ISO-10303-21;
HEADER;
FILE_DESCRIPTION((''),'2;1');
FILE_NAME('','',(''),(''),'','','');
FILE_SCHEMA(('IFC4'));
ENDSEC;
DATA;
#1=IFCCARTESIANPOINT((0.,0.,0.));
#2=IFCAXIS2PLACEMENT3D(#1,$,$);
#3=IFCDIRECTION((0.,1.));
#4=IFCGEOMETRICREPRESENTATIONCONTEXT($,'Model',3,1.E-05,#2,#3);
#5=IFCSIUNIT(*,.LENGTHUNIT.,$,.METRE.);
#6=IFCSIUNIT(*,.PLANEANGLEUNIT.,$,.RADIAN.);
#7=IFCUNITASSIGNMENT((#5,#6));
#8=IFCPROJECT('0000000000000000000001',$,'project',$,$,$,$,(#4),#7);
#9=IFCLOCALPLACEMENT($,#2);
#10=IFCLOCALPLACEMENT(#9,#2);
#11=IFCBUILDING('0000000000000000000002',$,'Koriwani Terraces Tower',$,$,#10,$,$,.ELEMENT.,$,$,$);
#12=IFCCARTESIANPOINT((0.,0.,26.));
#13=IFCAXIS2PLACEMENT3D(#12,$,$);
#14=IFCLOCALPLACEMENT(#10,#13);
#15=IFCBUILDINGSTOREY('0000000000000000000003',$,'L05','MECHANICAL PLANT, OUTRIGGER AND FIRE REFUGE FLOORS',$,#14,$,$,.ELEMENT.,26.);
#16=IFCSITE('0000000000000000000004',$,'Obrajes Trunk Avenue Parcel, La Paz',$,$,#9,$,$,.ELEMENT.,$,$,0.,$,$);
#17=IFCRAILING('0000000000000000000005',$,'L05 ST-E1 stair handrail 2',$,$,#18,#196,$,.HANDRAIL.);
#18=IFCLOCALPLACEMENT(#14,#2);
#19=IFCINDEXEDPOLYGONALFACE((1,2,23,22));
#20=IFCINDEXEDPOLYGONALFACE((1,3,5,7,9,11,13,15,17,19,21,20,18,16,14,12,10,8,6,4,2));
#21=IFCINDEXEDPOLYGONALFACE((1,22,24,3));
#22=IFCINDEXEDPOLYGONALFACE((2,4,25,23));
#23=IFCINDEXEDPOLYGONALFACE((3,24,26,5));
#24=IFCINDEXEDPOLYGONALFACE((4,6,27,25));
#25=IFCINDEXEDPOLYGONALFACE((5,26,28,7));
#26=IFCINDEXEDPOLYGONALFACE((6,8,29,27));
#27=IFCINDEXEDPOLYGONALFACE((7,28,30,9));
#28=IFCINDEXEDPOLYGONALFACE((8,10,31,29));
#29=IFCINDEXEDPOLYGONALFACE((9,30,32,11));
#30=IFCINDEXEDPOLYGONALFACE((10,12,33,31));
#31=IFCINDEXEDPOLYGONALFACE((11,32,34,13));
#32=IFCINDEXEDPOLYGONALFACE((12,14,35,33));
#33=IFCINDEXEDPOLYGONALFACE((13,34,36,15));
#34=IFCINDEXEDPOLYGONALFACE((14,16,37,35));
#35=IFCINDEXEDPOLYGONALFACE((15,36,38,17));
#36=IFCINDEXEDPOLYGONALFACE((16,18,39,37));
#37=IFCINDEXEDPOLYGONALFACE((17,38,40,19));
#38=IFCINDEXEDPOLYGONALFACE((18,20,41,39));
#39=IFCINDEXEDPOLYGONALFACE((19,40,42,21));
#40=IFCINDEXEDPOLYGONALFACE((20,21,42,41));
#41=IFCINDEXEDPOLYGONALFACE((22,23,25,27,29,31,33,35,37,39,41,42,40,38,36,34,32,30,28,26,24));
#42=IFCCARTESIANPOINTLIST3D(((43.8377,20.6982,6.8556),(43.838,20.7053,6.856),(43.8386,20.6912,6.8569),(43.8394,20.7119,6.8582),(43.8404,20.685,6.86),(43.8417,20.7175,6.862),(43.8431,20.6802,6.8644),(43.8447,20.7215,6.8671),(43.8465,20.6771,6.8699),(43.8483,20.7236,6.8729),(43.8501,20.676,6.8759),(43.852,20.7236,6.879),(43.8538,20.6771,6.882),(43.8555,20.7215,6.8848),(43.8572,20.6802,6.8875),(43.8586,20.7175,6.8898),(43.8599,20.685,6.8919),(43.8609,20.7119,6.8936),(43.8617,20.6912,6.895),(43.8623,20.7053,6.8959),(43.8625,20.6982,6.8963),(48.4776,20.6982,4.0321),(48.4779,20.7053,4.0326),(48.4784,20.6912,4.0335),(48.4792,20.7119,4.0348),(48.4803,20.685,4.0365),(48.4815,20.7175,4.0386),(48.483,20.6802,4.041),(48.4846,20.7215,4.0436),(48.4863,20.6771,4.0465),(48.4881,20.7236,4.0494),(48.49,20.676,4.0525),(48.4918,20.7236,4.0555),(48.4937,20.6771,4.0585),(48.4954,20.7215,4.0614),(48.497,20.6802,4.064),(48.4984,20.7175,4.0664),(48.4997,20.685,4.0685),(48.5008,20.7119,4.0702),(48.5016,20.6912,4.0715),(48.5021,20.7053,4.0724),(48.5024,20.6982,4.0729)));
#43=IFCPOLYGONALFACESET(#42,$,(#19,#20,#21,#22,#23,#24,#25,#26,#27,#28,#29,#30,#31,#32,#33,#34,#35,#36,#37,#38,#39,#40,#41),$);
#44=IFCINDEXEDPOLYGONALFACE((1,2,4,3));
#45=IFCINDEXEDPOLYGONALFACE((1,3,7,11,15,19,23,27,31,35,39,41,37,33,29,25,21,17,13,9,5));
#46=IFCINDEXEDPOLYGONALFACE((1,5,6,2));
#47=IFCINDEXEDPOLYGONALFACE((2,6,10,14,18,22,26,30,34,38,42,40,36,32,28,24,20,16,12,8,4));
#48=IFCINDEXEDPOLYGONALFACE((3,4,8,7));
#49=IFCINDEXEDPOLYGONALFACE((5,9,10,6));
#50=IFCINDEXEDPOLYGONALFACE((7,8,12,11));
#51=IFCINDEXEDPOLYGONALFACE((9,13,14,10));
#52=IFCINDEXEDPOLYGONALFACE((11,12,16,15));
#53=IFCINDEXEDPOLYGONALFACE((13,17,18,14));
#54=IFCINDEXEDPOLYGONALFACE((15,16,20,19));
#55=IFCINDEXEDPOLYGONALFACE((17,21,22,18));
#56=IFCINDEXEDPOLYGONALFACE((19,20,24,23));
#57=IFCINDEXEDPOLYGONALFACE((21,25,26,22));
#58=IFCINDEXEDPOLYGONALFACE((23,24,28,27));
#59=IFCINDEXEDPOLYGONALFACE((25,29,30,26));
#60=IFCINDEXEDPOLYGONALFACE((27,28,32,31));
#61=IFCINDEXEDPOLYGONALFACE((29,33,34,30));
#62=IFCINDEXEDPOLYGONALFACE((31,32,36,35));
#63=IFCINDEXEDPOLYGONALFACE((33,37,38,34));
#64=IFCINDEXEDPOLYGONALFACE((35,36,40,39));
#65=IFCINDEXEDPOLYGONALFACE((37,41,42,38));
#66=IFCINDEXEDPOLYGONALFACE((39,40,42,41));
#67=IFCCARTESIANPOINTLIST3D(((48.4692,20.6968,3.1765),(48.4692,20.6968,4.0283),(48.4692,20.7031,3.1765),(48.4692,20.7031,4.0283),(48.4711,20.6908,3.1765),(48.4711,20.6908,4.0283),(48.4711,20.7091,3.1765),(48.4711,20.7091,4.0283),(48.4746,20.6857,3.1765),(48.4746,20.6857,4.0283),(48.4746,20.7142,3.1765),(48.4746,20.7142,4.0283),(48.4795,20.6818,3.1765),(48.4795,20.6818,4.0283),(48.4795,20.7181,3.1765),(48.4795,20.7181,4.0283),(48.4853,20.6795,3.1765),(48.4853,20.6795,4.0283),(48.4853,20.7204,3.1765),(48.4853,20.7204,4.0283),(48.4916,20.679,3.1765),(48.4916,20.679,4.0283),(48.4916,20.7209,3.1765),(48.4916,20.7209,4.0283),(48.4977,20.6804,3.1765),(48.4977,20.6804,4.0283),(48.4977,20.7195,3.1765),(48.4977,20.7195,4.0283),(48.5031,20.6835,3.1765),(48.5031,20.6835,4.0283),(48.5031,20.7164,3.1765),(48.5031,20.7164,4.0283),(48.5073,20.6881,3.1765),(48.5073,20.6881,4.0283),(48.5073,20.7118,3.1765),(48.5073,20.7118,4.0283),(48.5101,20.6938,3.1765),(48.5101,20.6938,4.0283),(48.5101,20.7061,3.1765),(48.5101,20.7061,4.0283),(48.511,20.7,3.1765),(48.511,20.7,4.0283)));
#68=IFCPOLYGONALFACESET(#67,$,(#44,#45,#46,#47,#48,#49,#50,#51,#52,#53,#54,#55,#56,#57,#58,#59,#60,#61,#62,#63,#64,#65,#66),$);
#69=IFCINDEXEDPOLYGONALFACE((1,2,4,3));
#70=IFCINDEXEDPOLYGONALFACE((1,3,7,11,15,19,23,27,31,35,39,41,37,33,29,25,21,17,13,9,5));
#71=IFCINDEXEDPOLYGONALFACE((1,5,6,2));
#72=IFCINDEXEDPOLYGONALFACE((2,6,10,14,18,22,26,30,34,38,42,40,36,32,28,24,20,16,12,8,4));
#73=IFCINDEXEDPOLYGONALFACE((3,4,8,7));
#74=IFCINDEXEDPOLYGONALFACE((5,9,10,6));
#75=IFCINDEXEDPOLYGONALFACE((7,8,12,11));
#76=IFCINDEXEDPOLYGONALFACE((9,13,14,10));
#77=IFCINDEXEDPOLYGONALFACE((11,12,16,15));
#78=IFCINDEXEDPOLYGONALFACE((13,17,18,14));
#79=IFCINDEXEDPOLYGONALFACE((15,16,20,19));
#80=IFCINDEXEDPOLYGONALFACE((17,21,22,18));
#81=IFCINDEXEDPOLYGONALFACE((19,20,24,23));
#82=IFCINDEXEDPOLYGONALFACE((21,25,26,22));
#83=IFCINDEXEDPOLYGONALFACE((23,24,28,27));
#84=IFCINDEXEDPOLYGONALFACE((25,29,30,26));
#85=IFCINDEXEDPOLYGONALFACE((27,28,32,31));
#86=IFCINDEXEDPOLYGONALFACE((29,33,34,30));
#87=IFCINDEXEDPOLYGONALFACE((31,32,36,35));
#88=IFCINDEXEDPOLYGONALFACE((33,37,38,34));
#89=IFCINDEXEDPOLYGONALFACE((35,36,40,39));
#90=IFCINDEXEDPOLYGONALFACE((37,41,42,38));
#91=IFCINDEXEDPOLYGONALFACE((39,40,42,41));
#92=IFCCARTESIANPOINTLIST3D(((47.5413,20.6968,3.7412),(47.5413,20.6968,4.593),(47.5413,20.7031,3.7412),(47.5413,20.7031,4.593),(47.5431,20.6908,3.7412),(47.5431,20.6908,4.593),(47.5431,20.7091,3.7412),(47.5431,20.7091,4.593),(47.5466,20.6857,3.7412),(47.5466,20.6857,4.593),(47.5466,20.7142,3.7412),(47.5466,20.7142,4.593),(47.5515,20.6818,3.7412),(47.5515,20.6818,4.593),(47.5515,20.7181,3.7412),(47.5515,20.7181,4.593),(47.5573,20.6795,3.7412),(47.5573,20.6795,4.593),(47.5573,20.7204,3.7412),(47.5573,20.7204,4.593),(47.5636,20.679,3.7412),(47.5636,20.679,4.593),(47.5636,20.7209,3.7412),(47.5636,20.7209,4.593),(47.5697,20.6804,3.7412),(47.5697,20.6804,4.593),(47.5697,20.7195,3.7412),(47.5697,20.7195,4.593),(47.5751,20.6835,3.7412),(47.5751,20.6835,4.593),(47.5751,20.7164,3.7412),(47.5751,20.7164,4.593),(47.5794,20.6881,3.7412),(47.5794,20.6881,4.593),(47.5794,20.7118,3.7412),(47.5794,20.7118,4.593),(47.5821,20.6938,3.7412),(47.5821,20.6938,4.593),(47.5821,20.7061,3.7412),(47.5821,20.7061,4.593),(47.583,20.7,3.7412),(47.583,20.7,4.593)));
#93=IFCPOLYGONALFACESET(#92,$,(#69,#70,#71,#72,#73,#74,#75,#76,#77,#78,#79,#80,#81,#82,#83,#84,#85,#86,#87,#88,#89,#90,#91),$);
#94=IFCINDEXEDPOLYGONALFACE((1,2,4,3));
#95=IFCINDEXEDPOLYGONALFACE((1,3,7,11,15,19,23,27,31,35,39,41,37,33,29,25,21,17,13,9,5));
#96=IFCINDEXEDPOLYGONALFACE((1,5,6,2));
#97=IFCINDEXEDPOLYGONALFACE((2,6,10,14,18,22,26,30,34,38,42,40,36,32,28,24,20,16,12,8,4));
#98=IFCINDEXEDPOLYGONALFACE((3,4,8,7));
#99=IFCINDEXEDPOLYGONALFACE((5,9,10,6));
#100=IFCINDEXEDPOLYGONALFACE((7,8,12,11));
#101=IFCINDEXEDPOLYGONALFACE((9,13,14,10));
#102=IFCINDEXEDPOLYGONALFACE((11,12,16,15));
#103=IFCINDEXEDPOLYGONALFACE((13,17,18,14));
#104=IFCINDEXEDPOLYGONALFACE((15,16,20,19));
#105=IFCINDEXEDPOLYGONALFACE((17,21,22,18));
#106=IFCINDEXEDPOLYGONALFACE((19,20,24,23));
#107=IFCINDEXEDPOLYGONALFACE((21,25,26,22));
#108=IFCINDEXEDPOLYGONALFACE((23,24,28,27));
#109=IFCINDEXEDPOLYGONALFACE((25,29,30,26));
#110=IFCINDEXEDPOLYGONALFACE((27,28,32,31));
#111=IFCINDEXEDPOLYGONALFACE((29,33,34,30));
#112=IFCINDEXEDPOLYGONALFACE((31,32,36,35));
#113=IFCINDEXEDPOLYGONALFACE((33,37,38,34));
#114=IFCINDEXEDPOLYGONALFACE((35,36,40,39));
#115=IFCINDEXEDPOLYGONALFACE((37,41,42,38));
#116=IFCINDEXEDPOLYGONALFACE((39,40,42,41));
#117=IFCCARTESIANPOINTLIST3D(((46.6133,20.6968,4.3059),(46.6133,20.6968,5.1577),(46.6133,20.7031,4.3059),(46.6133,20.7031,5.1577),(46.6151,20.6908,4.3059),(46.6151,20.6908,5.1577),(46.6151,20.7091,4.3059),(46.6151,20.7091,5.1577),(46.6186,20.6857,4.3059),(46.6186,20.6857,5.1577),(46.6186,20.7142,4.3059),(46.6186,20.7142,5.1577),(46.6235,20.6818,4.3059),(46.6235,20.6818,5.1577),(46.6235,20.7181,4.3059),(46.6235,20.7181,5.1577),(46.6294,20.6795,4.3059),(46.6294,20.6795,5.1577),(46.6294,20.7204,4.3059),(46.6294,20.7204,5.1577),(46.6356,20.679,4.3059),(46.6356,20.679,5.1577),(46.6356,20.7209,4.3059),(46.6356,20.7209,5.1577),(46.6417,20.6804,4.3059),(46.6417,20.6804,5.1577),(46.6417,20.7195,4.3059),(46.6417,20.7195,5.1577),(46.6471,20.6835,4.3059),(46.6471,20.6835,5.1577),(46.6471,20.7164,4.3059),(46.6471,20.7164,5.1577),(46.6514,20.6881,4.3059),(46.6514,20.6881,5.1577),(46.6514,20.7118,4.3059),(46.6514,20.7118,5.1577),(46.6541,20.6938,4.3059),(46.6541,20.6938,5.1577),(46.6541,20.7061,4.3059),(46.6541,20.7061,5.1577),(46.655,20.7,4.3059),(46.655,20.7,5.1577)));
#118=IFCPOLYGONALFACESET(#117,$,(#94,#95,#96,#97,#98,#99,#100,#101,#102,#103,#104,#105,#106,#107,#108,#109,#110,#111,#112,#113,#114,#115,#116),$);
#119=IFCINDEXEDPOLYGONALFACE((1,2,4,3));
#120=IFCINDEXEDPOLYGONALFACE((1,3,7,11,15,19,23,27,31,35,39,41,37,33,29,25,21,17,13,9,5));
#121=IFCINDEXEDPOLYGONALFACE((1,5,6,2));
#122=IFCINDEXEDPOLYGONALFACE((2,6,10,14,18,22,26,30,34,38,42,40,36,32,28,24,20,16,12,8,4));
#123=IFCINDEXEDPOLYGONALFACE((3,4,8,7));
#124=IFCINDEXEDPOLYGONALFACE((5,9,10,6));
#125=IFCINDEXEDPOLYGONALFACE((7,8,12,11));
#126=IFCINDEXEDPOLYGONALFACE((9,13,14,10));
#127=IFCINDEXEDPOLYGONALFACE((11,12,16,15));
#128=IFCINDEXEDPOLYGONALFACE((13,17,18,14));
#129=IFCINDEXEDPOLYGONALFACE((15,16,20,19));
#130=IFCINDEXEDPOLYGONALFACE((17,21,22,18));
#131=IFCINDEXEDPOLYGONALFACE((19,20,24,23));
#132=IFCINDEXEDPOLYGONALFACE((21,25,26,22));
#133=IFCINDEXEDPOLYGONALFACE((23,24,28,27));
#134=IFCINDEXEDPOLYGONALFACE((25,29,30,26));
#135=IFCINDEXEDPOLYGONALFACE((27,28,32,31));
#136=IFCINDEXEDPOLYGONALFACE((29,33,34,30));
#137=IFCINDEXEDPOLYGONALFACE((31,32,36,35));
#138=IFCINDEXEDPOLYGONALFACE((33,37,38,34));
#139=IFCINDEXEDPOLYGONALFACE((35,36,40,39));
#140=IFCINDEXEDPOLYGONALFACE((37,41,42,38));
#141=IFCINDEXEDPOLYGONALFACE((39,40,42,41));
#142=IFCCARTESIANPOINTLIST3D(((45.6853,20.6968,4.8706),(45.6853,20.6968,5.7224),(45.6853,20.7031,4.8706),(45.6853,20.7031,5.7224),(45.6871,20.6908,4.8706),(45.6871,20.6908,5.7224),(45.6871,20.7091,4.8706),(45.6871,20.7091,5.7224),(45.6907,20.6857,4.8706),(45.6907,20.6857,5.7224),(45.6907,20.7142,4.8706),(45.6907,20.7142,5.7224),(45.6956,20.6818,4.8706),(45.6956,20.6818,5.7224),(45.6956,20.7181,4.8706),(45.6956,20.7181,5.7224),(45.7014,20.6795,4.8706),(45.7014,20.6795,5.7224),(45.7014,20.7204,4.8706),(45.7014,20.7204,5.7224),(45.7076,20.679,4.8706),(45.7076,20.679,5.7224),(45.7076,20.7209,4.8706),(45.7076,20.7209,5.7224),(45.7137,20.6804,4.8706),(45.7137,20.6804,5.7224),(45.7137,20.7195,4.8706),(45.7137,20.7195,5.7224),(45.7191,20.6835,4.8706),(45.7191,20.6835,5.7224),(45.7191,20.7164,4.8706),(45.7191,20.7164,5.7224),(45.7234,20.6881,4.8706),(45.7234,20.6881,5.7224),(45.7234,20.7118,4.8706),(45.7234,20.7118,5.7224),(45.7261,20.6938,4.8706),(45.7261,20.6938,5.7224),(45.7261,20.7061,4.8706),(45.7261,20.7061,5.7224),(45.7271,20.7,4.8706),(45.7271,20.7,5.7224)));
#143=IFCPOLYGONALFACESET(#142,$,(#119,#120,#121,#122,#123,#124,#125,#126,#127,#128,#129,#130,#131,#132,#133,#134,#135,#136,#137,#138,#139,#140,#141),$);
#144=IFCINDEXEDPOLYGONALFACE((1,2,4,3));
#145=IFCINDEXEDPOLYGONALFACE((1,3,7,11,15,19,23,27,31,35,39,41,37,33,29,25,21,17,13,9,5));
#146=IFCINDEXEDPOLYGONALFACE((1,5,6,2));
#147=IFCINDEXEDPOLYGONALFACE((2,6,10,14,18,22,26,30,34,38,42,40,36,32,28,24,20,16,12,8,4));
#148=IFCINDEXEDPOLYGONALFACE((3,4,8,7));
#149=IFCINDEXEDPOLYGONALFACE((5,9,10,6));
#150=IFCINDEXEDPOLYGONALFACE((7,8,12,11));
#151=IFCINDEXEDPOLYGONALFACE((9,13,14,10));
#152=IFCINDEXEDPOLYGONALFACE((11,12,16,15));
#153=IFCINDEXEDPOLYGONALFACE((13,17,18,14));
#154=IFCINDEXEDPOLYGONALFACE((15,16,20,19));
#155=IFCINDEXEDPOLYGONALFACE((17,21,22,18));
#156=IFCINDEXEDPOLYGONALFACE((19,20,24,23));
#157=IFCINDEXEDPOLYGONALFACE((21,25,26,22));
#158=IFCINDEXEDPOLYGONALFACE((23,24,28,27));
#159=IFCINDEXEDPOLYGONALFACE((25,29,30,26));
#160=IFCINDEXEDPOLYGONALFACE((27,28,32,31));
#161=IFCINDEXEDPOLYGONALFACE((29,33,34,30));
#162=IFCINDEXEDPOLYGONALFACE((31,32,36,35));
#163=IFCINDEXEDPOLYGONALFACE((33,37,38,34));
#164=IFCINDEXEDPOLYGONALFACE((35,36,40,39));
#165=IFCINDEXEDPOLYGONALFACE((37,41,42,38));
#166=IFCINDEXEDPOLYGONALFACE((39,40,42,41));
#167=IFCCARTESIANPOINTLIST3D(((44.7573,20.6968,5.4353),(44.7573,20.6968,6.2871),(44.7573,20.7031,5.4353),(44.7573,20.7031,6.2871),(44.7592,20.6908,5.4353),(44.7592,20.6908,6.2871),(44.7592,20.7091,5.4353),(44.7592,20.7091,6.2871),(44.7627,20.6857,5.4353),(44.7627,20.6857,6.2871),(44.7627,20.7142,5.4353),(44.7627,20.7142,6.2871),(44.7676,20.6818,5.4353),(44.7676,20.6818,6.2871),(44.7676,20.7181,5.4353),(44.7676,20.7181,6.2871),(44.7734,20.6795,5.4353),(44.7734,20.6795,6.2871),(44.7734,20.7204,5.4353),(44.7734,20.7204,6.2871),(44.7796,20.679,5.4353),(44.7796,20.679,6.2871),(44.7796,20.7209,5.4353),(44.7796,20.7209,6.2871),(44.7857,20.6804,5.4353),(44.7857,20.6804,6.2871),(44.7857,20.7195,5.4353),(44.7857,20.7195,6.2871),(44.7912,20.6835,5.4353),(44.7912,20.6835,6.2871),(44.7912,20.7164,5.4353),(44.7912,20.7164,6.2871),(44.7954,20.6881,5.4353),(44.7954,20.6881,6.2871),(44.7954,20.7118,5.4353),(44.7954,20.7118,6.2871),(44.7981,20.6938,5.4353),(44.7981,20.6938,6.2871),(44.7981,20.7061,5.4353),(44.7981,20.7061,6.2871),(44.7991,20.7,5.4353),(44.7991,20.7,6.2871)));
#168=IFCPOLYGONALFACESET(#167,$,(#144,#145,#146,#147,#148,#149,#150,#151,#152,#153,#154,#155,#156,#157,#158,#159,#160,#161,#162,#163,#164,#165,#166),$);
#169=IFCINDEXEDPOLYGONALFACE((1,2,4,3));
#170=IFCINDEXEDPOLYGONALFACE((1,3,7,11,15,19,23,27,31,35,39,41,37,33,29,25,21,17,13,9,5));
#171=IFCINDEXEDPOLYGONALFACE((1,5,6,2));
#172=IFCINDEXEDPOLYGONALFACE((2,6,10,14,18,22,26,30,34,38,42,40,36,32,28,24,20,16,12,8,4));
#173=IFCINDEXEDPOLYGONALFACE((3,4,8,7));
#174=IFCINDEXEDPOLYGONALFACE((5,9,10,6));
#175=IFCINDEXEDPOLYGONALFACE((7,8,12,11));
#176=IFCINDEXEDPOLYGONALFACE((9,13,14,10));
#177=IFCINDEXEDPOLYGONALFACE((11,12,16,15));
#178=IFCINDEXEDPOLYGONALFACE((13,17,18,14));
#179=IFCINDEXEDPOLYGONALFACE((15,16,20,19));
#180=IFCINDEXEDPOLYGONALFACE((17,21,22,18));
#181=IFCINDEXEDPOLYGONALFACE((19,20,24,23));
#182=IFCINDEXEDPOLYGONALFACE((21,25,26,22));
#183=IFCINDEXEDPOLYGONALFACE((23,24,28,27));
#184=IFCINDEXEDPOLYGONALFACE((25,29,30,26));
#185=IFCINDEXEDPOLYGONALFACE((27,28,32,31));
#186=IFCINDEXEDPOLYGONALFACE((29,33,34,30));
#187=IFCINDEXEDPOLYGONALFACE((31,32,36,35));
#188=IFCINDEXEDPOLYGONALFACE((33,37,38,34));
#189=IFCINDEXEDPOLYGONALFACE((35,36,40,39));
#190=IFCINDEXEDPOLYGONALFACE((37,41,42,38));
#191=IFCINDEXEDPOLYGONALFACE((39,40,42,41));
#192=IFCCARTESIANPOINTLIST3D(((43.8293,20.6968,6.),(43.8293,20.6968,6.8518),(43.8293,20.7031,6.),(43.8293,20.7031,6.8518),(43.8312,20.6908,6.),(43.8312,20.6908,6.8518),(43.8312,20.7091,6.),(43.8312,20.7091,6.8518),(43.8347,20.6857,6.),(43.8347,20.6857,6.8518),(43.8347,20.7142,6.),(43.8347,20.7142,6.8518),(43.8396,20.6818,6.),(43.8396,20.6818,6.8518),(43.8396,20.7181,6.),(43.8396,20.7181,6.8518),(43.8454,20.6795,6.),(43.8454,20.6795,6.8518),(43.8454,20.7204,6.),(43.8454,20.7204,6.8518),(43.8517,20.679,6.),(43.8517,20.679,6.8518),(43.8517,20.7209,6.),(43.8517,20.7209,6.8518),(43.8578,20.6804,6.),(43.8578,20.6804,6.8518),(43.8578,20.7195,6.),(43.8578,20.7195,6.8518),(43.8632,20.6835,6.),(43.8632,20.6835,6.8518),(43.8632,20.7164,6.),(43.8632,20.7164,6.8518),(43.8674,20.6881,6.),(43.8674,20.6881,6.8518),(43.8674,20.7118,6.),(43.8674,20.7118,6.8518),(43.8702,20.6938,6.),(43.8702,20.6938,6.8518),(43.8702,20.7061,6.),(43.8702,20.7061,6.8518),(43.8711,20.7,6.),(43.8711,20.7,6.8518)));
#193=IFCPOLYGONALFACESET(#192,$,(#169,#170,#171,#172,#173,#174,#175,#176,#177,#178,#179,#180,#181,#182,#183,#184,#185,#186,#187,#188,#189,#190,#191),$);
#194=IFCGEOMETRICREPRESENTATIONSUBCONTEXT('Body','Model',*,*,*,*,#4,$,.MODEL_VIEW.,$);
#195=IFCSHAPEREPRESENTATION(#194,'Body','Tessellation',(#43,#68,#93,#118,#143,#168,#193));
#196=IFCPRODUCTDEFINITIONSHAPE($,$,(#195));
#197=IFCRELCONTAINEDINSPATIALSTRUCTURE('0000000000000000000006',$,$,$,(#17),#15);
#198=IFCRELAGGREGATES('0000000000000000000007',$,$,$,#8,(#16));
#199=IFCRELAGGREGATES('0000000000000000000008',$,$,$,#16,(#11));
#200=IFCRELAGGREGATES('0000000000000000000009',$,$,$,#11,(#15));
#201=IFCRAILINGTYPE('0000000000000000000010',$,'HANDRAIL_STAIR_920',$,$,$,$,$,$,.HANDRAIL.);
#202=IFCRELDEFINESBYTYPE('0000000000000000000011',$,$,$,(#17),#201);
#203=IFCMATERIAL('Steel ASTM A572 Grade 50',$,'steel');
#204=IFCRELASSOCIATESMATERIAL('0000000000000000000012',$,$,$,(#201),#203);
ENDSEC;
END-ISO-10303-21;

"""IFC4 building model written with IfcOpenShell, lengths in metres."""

from ifc_helpers import new_model, si_unit, direction, frame, origin, origin_2d, place, context, subcontext, project, spatial, circle, extrude, material, type_object, element, save


model = new_model("IFC4")

# Units and contexts
model_context = context("Model", 3, precision=1e-05, world=origin(), true_north=direction((0.0, 1.0)))
body_context = subcontext(model_context, "Body", "Model", "MODEL_VIEW")
ifc_project = project(units=[si_unit("LENGTHUNIT", "METRE"), si_unit("PLANEANGLEUNIT", "RADIAN")], contexts=[model_context])

# Site, building, storey
site_placement = place(None, origin())
site = spatial("IfcSite", under=ifc_project, at=site_placement, Name="Obrajes Trunk Avenue Parcel, La Paz", CompositionType="ELEMENT", RefElevation=0.0)
building_placement = place(site_placement, origin())
building = spatial("IfcBuilding", under=site, at=building_placement, Name="Koriwani Terraces Tower", CompositionType="ELEMENT")
storey_placement = place(building_placement, frame((0.0, 0.0, 26.0)))
storey = spatial("IfcBuildingStorey", under=building, at=storey_placement, Name="L05", Description="MECHANICAL PLANT, OUTRIGGER AND FIRE REFUGE FLOORS", CompositionType="ELEMENT", Elevation=26.0)

# Shared definitions
ifc_material_1 = material(Name="Steel ASTM A572 Grade 50", Category="steel")

# Railing
railing_type = type_object("IfcRailingType", Name="HANDRAIL_STAIR_920", PredefinedType="HANDRAIL", material=ifc_material_1)
railing_placement = place(storey_placement, frame((48.49, 20.7, 3.1765)))
element("IfcRailing", 1, at=railing_placement, inside=storey, type_object=railing_type, Name="L05 ST-E1 stair handrail 2", PredefinedType="HANDRAIL", context=body_context, shape_type="SweptSolid", body=[
    extrude(circle(Radius=0.0239, at=origin_2d()), frame((0.0, 0.0, 0.876), z_axis=(-0.854264, 0.0, 0.51984), x_axis=(0.0, -1.0, 0.0)), (0.0, 0.0, 1.0), 5.4314),
    extrude(circle(Radius=0.021, at=origin_2d()), origin(), (0.0, 0.0, 1.0), 0.8518),
    extrude(circle(Radius=0.021, at=origin_2d()), frame((-0.928, 0.0, 0.5647)), (0.0, 0.0, 1.0), 0.8518),
    extrude(circle(Radius=0.021, at=origin_2d()), frame((-1.856, 0.0, 1.1294)), (0.0, 0.0, 1.0), 0.8518),
    extrude(circle(Radius=0.021, at=origin_2d()), frame((-2.7839, 0.0, 1.6941)), (0.0, 0.0, 1.0), 0.8518),
    extrude(circle(Radius=0.021, at=origin_2d()), frame((-3.7119, 0.0, 2.2588)), (0.0, 0.0, 1.0), 0.8518),
    extrude(circle(Radius=0.021, at=origin_2d()), frame((-4.6399, 0.0, 2.8235)), (0.0, 0.0, 1.0), 0.8518),
])

save(model, "model.ifc")
